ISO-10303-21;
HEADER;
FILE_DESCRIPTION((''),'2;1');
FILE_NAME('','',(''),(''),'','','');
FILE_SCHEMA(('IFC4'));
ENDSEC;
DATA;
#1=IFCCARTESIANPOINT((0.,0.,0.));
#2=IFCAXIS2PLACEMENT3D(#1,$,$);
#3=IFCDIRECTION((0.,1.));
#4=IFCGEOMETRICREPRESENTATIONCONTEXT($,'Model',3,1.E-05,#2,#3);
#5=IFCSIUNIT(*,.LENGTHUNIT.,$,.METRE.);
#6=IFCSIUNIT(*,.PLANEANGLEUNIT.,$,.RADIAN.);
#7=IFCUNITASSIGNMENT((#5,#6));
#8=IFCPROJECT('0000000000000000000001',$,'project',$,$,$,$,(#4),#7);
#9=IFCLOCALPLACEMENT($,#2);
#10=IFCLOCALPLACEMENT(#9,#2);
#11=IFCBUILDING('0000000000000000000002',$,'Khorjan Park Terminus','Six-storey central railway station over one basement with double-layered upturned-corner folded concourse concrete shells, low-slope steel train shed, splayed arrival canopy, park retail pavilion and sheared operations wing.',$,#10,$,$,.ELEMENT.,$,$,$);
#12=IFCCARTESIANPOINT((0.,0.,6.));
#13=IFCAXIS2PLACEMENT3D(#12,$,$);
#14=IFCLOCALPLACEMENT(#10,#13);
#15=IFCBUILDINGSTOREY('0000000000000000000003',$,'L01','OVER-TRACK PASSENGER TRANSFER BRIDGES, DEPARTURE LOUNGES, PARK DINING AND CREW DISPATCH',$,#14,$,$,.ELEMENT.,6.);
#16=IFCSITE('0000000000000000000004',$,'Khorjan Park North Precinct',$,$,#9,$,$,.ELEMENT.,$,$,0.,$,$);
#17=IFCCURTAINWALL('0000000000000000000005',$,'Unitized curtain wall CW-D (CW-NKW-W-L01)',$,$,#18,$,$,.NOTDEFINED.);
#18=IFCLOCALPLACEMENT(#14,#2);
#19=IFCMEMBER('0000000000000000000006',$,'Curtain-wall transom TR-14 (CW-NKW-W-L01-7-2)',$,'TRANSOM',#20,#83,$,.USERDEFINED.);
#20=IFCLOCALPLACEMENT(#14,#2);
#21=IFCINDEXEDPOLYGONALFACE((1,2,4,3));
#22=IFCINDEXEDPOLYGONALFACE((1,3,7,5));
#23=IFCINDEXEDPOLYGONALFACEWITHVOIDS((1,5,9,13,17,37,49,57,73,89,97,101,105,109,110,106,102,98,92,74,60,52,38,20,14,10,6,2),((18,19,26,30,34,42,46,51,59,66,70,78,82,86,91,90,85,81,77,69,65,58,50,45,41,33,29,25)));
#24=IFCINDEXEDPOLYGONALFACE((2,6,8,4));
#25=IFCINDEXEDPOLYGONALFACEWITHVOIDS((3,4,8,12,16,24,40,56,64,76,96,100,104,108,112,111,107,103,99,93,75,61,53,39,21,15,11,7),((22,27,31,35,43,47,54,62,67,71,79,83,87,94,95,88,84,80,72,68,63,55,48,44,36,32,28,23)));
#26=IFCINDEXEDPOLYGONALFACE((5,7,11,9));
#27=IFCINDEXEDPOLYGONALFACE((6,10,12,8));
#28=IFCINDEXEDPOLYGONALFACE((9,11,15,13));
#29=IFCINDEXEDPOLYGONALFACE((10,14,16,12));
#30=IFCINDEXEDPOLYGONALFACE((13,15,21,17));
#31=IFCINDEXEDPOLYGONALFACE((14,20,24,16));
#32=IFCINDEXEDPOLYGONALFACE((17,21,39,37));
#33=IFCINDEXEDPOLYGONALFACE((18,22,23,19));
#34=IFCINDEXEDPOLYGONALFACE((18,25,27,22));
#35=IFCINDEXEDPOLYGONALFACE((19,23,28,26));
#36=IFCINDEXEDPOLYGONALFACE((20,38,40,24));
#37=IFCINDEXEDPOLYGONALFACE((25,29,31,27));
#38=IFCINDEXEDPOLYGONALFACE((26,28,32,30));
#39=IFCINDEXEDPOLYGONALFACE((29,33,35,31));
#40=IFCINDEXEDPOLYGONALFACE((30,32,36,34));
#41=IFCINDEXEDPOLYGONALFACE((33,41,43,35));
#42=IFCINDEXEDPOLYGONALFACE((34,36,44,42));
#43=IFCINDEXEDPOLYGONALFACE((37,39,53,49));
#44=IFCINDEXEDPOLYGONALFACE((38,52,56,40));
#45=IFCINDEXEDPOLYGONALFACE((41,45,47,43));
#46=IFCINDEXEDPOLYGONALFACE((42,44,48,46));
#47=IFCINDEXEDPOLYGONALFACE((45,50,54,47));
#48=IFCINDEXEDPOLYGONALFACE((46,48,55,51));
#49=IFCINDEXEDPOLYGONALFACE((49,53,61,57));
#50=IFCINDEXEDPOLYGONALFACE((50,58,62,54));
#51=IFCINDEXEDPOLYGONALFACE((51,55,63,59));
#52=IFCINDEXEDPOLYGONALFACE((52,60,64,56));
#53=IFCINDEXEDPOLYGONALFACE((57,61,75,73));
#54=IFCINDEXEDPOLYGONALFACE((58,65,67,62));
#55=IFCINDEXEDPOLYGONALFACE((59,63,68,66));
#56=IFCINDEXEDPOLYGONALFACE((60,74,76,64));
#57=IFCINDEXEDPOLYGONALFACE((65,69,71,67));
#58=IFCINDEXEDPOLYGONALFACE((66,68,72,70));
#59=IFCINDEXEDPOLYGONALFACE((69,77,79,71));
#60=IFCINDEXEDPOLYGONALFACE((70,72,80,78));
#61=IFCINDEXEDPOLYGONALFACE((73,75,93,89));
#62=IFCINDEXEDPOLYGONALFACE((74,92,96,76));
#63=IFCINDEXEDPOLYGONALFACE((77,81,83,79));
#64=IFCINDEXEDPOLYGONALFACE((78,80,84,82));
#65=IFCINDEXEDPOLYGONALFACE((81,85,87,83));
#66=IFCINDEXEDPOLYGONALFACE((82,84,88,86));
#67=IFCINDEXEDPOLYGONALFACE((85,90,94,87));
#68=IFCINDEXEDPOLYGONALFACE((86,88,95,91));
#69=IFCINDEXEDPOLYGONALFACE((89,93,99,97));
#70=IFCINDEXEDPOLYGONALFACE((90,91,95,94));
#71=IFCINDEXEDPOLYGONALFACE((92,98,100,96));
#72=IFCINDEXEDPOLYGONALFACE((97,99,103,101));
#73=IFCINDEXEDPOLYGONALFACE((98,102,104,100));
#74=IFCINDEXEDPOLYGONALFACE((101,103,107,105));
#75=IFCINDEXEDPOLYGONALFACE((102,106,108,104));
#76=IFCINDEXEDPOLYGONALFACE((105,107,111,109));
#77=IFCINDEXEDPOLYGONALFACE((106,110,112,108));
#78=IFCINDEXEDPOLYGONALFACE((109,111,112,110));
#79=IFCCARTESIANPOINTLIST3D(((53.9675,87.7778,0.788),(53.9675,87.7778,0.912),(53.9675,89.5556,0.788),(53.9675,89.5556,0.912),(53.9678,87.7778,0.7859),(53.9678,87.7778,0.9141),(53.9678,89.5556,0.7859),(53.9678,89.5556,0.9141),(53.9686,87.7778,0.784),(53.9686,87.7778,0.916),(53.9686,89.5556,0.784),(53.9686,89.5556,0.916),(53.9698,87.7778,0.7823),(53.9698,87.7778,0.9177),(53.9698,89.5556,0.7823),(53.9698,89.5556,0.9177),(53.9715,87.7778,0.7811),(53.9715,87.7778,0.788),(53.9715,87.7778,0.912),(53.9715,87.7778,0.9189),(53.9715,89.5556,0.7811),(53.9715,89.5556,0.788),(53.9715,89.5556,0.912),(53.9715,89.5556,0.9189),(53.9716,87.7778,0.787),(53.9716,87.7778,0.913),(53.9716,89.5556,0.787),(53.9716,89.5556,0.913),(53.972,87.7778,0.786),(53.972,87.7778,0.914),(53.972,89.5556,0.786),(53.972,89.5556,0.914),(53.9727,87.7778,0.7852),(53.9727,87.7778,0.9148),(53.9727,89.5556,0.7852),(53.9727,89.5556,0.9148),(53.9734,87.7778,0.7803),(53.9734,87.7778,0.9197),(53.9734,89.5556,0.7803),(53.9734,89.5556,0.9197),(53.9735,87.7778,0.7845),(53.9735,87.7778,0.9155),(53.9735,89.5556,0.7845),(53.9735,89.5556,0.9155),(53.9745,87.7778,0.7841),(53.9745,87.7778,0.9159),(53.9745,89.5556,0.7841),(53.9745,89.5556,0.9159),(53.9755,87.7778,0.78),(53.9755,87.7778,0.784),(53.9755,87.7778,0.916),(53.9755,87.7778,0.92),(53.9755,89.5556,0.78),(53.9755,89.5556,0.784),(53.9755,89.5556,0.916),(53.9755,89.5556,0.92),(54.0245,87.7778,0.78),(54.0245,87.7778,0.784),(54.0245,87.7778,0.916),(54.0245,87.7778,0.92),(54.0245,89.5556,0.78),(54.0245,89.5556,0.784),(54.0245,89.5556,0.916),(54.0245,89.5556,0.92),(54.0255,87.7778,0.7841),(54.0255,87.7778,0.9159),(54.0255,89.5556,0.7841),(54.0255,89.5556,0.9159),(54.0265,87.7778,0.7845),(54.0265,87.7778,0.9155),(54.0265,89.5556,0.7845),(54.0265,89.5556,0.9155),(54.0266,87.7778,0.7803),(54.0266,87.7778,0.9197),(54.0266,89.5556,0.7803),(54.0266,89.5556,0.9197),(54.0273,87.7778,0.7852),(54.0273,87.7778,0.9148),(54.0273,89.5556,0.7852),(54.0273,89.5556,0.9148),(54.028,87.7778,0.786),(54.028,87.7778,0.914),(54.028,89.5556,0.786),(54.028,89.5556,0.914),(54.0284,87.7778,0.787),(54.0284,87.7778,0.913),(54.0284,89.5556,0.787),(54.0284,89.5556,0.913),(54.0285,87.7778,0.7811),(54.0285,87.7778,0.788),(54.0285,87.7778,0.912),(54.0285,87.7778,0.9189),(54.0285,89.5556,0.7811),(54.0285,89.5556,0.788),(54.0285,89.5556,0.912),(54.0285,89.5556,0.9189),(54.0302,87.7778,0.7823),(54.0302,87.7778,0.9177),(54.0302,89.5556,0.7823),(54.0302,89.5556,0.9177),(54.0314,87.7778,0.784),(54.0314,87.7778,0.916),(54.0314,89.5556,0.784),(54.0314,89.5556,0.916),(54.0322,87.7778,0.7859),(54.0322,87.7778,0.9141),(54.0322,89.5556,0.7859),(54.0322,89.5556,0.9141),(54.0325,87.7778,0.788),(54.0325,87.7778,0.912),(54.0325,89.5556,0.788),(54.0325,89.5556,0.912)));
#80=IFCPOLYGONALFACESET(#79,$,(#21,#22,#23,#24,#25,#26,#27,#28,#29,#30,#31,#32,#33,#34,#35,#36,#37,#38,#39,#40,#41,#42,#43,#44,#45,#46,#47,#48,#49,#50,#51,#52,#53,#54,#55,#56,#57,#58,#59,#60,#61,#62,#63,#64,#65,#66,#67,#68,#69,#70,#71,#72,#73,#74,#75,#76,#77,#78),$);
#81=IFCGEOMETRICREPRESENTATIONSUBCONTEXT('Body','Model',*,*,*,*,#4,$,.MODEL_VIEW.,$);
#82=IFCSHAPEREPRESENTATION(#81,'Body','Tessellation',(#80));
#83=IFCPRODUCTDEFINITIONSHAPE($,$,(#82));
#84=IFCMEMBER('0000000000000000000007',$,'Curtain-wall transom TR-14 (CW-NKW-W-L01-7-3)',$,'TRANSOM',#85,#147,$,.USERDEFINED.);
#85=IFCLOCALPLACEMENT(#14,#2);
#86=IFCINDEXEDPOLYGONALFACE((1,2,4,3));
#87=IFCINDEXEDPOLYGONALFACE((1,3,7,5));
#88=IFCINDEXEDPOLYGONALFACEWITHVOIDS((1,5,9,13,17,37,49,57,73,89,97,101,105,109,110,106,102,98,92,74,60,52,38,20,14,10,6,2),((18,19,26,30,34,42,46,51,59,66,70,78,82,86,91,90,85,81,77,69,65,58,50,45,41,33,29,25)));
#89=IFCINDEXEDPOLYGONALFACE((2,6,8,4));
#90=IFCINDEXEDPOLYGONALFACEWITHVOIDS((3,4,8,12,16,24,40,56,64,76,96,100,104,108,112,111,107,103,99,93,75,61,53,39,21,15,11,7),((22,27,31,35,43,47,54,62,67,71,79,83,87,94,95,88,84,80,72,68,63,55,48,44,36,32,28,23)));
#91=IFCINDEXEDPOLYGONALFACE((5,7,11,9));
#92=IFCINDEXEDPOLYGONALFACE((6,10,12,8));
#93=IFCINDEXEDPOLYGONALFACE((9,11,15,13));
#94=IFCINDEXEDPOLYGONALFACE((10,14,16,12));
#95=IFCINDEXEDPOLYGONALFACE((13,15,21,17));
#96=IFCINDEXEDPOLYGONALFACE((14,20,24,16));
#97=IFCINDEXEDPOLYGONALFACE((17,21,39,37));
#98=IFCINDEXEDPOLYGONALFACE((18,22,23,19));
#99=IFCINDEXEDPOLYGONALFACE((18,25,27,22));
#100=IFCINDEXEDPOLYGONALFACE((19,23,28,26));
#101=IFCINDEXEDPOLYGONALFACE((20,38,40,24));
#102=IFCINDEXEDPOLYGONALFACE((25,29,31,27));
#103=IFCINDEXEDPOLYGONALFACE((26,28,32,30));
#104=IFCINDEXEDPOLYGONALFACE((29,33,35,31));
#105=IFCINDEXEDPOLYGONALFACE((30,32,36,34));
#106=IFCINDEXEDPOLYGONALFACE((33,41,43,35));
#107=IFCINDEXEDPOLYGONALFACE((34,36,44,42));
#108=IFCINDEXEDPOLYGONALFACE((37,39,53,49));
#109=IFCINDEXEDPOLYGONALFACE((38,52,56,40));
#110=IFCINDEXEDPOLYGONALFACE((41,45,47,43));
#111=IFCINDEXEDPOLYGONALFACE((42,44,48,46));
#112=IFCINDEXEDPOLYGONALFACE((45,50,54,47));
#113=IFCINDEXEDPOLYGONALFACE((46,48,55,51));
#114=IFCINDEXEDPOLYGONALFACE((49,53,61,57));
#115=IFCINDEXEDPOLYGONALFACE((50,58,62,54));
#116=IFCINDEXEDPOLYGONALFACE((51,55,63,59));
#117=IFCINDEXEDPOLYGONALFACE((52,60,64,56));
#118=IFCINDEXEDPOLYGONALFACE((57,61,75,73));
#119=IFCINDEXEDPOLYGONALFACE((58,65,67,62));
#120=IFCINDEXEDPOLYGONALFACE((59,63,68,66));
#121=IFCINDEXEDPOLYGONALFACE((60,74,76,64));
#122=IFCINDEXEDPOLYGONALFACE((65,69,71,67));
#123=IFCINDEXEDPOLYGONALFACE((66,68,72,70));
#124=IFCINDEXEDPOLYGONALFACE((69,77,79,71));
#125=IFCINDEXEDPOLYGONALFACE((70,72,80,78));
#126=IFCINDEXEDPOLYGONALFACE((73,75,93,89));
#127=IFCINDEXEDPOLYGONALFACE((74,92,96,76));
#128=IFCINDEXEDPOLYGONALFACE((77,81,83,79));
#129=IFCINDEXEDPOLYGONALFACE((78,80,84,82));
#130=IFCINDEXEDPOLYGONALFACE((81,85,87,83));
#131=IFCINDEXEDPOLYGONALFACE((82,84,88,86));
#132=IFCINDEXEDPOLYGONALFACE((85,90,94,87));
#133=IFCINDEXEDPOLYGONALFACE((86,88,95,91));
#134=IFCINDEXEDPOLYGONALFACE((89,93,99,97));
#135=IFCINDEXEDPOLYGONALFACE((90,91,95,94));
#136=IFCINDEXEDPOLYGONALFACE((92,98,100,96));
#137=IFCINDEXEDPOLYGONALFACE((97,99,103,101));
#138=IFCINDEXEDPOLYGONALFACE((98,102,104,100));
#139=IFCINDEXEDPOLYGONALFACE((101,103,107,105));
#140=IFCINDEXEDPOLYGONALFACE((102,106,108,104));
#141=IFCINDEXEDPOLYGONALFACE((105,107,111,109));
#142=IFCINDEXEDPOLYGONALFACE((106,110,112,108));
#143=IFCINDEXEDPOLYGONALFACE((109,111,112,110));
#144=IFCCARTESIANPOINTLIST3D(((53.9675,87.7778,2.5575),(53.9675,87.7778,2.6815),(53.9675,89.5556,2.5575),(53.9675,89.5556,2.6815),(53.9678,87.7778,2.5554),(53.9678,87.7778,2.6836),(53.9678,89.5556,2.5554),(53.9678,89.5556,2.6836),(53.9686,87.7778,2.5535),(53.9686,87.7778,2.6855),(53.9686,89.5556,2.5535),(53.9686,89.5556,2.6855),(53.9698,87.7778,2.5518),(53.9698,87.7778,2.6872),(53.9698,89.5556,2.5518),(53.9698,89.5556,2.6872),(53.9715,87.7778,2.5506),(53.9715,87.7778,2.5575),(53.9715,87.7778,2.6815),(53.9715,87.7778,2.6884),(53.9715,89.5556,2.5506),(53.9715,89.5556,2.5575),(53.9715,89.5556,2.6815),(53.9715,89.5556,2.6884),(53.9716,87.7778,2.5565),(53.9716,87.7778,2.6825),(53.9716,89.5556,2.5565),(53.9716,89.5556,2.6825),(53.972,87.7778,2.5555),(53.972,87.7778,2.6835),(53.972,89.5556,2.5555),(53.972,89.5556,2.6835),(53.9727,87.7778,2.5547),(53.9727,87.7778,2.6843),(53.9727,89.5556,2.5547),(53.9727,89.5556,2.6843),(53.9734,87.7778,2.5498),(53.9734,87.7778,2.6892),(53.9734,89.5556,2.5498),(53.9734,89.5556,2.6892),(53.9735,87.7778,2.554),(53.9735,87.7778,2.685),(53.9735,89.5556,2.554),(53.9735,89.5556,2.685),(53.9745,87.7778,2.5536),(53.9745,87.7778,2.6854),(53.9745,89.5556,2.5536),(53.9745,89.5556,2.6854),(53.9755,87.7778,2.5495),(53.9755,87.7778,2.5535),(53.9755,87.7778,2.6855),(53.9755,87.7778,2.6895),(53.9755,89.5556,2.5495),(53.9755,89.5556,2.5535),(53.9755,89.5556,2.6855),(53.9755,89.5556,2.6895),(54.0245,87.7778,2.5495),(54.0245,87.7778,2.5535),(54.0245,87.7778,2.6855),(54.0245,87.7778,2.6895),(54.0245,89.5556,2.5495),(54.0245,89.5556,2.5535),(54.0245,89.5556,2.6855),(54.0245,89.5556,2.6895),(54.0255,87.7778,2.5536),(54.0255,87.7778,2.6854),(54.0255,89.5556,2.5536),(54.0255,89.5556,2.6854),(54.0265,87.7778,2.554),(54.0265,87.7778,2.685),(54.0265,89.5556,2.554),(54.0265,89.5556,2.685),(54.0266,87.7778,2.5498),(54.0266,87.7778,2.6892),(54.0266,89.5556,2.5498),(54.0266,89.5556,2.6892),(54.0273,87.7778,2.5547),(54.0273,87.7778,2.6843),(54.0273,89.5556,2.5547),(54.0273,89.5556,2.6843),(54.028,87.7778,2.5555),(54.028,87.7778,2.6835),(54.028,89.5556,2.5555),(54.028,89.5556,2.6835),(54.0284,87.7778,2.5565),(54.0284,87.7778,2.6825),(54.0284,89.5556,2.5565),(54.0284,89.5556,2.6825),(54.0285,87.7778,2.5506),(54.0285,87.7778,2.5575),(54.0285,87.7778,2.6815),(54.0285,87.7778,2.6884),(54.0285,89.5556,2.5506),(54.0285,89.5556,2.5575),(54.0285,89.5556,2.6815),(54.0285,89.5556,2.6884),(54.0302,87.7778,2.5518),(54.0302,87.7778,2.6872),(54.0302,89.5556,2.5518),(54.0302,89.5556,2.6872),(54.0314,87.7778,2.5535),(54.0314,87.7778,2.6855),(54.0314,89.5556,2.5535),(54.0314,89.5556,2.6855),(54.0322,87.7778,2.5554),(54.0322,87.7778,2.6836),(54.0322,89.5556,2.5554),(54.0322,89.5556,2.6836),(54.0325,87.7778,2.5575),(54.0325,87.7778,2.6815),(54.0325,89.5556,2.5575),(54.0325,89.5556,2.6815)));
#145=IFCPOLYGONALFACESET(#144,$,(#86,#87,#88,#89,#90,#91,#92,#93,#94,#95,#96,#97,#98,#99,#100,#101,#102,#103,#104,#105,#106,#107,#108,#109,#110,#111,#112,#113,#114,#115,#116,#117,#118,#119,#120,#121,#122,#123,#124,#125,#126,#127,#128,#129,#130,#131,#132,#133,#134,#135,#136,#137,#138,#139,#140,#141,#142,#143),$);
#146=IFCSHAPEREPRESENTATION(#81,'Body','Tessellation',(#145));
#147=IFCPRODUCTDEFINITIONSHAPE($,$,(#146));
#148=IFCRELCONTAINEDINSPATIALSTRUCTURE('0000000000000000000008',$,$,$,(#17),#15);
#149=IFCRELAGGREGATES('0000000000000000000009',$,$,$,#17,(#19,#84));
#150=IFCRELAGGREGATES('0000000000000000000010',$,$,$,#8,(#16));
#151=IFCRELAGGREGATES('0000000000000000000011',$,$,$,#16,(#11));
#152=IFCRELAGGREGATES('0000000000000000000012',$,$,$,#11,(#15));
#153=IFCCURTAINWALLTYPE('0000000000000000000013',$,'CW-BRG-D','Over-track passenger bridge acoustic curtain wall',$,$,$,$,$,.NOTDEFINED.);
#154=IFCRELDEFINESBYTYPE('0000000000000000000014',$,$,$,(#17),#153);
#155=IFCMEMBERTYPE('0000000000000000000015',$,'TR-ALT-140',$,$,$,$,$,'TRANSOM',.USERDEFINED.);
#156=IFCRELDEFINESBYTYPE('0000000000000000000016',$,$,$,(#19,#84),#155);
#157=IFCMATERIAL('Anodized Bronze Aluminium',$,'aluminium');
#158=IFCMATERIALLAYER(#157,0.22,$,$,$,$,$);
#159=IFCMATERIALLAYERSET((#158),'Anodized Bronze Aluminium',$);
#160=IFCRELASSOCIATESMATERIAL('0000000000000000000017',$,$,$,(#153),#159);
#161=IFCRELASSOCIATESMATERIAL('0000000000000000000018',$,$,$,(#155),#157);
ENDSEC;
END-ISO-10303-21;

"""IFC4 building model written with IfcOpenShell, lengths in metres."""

from ifc_helpers import new_model, si_unit, direction, frame, origin, origin_2d, place, context, subcontext, project, spatial, hollow_rectangle, extrude, material, layer, layer_set, material_profile, profile_set, type_object, element, aggregate, save


model = new_model("IFC4")

# Units and contexts
model_context = context("Model", 3, precision=1e-05, world=origin(), true_north=direction((0.0, 1.0)))
body_context = subcontext(model_context, "Body", "Model", "MODEL_VIEW")
ifc_project = project(units=[si_unit("LENGTHUNIT", "METRE"), si_unit("PLANEANGLEUNIT", "RADIAN")], contexts=[model_context])

# Site, building, storey
site_placement = place(None, origin())
site = spatial("IfcSite", under=ifc_project, at=site_placement, Name="Khorjan Park North Precinct", CompositionType="ELEMENT", RefElevation=0.0)
building_placement = place(site_placement, origin())
building = spatial("IfcBuilding", under=site, at=building_placement, Name="Khorjan Park Terminus", Description="Six-storey central railway station over one basement with double-layered upturned-corner folded concourse concrete shells, low-slope steel train shed, splayed arrival canopy, park retail pavilion and sheared operations wing.", CompositionType="ELEMENT")
storey_placement = place(building_placement, frame((0.0, 0.0, 6.0)))
storey = spatial("IfcBuildingStorey", under=building, at=storey_placement, Name="L01", Description="OVER-TRACK PASSENGER TRANSFER BRIDGES, DEPARTURE LOUNGES, PARK DINING AND CREW DISPATCH", CompositionType="ELEMENT", Elevation=6.0)

# Curtain wall
ifc_material_1 = material(Name="Anodized Bronze Aluminium", Category="aluminium")
ifc_layer_1 = layer(ifc_material_1, 0.22)
ifc_layer_set_1 = layer_set([ifc_layer_1], Name="Anodized Bronze Aluminium")
curtain_wall_type_1 = type_object("IfcCurtainWallType", Name="CW-BRG-D", Description="Over-track passenger bridge acoustic curtain wall", PredefinedType="NOTDEFINED", material=ifc_layer_set_1)
curtain_wall_1_placement = place(storey_placement, origin())
curtain_wall_1 = element("IfcCurtainWall", 1, at=curtain_wall_1_placement, inside=storey, type_object=curtain_wall_type_1, Name="Unitized curtain wall CW-D (CW-NKW-W-L01)", PredefinedType="NOTDEFINED")

# Members
ifc_material_profile_1 = material_profile(ifc_material_1, hollow_rectangle(XDim=0.065, YDim=0.14, WallThickness=0.004, InnerFilletRadius=0.004, OuterFilletRadius=0.008, at=origin_2d()), Name="ALT 65x140x4")
ifc_profile_set_1 = profile_set([ifc_material_profile_1], Name="Anodized Bronze Aluminium")
member_type_1 = type_object("IfcMemberType", Name="TR-ALT-140", ElementType="TRANSOM", PredefinedType="USERDEFINED", material=ifc_profile_set_1)
member_1_placement = place(storey_placement, frame((54.0, 89.5556, 0.85), z_axis=(0.0, -1.0, 0.0), x_axis=(1.0, 0.0, 0.0)))
member_1 = element("IfcMember", 2, at=member_1_placement, type_object=member_type_1, Name="Curtain-wall transom TR-14 (CW-NKW-W-L01-7-2)", ObjectType="TRANSOM", PredefinedType="USERDEFINED", context=body_context, shape_type="SweptSolid", body=[
    extrude(hollow_rectangle(XDim=0.065, YDim=0.14, WallThickness=0.004, InnerFilletRadius=0.004, OuterFilletRadius=0.008, at=origin_2d()), origin(), (0.0, 0.0, 1.0), 1.7778),
])
member_2_placement = place(storey_placement, frame((54.0, 89.5556, 2.6195), z_axis=(0.0, -1.0, 0.0), x_axis=(1.0, 0.0, 0.0)))
member_2 = element("IfcMember", 3, at=member_2_placement, type_object=member_type_1, Name="Curtain-wall transom TR-14 (CW-NKW-W-L01-7-3)", ObjectType="TRANSOM", PredefinedType="USERDEFINED", context=body_context, shape_type="SweptSolid", body=[
    extrude(hollow_rectangle(XDim=0.065, YDim=0.14, WallThickness=0.004, InnerFilletRadius=0.004, OuterFilletRadius=0.008, at=origin_2d()), origin(), (0.0, 0.0, 1.0), 1.7778),
])

aggregate(curtain_wall_1, [member_1, member_2])

save(model, "model.ifc")
